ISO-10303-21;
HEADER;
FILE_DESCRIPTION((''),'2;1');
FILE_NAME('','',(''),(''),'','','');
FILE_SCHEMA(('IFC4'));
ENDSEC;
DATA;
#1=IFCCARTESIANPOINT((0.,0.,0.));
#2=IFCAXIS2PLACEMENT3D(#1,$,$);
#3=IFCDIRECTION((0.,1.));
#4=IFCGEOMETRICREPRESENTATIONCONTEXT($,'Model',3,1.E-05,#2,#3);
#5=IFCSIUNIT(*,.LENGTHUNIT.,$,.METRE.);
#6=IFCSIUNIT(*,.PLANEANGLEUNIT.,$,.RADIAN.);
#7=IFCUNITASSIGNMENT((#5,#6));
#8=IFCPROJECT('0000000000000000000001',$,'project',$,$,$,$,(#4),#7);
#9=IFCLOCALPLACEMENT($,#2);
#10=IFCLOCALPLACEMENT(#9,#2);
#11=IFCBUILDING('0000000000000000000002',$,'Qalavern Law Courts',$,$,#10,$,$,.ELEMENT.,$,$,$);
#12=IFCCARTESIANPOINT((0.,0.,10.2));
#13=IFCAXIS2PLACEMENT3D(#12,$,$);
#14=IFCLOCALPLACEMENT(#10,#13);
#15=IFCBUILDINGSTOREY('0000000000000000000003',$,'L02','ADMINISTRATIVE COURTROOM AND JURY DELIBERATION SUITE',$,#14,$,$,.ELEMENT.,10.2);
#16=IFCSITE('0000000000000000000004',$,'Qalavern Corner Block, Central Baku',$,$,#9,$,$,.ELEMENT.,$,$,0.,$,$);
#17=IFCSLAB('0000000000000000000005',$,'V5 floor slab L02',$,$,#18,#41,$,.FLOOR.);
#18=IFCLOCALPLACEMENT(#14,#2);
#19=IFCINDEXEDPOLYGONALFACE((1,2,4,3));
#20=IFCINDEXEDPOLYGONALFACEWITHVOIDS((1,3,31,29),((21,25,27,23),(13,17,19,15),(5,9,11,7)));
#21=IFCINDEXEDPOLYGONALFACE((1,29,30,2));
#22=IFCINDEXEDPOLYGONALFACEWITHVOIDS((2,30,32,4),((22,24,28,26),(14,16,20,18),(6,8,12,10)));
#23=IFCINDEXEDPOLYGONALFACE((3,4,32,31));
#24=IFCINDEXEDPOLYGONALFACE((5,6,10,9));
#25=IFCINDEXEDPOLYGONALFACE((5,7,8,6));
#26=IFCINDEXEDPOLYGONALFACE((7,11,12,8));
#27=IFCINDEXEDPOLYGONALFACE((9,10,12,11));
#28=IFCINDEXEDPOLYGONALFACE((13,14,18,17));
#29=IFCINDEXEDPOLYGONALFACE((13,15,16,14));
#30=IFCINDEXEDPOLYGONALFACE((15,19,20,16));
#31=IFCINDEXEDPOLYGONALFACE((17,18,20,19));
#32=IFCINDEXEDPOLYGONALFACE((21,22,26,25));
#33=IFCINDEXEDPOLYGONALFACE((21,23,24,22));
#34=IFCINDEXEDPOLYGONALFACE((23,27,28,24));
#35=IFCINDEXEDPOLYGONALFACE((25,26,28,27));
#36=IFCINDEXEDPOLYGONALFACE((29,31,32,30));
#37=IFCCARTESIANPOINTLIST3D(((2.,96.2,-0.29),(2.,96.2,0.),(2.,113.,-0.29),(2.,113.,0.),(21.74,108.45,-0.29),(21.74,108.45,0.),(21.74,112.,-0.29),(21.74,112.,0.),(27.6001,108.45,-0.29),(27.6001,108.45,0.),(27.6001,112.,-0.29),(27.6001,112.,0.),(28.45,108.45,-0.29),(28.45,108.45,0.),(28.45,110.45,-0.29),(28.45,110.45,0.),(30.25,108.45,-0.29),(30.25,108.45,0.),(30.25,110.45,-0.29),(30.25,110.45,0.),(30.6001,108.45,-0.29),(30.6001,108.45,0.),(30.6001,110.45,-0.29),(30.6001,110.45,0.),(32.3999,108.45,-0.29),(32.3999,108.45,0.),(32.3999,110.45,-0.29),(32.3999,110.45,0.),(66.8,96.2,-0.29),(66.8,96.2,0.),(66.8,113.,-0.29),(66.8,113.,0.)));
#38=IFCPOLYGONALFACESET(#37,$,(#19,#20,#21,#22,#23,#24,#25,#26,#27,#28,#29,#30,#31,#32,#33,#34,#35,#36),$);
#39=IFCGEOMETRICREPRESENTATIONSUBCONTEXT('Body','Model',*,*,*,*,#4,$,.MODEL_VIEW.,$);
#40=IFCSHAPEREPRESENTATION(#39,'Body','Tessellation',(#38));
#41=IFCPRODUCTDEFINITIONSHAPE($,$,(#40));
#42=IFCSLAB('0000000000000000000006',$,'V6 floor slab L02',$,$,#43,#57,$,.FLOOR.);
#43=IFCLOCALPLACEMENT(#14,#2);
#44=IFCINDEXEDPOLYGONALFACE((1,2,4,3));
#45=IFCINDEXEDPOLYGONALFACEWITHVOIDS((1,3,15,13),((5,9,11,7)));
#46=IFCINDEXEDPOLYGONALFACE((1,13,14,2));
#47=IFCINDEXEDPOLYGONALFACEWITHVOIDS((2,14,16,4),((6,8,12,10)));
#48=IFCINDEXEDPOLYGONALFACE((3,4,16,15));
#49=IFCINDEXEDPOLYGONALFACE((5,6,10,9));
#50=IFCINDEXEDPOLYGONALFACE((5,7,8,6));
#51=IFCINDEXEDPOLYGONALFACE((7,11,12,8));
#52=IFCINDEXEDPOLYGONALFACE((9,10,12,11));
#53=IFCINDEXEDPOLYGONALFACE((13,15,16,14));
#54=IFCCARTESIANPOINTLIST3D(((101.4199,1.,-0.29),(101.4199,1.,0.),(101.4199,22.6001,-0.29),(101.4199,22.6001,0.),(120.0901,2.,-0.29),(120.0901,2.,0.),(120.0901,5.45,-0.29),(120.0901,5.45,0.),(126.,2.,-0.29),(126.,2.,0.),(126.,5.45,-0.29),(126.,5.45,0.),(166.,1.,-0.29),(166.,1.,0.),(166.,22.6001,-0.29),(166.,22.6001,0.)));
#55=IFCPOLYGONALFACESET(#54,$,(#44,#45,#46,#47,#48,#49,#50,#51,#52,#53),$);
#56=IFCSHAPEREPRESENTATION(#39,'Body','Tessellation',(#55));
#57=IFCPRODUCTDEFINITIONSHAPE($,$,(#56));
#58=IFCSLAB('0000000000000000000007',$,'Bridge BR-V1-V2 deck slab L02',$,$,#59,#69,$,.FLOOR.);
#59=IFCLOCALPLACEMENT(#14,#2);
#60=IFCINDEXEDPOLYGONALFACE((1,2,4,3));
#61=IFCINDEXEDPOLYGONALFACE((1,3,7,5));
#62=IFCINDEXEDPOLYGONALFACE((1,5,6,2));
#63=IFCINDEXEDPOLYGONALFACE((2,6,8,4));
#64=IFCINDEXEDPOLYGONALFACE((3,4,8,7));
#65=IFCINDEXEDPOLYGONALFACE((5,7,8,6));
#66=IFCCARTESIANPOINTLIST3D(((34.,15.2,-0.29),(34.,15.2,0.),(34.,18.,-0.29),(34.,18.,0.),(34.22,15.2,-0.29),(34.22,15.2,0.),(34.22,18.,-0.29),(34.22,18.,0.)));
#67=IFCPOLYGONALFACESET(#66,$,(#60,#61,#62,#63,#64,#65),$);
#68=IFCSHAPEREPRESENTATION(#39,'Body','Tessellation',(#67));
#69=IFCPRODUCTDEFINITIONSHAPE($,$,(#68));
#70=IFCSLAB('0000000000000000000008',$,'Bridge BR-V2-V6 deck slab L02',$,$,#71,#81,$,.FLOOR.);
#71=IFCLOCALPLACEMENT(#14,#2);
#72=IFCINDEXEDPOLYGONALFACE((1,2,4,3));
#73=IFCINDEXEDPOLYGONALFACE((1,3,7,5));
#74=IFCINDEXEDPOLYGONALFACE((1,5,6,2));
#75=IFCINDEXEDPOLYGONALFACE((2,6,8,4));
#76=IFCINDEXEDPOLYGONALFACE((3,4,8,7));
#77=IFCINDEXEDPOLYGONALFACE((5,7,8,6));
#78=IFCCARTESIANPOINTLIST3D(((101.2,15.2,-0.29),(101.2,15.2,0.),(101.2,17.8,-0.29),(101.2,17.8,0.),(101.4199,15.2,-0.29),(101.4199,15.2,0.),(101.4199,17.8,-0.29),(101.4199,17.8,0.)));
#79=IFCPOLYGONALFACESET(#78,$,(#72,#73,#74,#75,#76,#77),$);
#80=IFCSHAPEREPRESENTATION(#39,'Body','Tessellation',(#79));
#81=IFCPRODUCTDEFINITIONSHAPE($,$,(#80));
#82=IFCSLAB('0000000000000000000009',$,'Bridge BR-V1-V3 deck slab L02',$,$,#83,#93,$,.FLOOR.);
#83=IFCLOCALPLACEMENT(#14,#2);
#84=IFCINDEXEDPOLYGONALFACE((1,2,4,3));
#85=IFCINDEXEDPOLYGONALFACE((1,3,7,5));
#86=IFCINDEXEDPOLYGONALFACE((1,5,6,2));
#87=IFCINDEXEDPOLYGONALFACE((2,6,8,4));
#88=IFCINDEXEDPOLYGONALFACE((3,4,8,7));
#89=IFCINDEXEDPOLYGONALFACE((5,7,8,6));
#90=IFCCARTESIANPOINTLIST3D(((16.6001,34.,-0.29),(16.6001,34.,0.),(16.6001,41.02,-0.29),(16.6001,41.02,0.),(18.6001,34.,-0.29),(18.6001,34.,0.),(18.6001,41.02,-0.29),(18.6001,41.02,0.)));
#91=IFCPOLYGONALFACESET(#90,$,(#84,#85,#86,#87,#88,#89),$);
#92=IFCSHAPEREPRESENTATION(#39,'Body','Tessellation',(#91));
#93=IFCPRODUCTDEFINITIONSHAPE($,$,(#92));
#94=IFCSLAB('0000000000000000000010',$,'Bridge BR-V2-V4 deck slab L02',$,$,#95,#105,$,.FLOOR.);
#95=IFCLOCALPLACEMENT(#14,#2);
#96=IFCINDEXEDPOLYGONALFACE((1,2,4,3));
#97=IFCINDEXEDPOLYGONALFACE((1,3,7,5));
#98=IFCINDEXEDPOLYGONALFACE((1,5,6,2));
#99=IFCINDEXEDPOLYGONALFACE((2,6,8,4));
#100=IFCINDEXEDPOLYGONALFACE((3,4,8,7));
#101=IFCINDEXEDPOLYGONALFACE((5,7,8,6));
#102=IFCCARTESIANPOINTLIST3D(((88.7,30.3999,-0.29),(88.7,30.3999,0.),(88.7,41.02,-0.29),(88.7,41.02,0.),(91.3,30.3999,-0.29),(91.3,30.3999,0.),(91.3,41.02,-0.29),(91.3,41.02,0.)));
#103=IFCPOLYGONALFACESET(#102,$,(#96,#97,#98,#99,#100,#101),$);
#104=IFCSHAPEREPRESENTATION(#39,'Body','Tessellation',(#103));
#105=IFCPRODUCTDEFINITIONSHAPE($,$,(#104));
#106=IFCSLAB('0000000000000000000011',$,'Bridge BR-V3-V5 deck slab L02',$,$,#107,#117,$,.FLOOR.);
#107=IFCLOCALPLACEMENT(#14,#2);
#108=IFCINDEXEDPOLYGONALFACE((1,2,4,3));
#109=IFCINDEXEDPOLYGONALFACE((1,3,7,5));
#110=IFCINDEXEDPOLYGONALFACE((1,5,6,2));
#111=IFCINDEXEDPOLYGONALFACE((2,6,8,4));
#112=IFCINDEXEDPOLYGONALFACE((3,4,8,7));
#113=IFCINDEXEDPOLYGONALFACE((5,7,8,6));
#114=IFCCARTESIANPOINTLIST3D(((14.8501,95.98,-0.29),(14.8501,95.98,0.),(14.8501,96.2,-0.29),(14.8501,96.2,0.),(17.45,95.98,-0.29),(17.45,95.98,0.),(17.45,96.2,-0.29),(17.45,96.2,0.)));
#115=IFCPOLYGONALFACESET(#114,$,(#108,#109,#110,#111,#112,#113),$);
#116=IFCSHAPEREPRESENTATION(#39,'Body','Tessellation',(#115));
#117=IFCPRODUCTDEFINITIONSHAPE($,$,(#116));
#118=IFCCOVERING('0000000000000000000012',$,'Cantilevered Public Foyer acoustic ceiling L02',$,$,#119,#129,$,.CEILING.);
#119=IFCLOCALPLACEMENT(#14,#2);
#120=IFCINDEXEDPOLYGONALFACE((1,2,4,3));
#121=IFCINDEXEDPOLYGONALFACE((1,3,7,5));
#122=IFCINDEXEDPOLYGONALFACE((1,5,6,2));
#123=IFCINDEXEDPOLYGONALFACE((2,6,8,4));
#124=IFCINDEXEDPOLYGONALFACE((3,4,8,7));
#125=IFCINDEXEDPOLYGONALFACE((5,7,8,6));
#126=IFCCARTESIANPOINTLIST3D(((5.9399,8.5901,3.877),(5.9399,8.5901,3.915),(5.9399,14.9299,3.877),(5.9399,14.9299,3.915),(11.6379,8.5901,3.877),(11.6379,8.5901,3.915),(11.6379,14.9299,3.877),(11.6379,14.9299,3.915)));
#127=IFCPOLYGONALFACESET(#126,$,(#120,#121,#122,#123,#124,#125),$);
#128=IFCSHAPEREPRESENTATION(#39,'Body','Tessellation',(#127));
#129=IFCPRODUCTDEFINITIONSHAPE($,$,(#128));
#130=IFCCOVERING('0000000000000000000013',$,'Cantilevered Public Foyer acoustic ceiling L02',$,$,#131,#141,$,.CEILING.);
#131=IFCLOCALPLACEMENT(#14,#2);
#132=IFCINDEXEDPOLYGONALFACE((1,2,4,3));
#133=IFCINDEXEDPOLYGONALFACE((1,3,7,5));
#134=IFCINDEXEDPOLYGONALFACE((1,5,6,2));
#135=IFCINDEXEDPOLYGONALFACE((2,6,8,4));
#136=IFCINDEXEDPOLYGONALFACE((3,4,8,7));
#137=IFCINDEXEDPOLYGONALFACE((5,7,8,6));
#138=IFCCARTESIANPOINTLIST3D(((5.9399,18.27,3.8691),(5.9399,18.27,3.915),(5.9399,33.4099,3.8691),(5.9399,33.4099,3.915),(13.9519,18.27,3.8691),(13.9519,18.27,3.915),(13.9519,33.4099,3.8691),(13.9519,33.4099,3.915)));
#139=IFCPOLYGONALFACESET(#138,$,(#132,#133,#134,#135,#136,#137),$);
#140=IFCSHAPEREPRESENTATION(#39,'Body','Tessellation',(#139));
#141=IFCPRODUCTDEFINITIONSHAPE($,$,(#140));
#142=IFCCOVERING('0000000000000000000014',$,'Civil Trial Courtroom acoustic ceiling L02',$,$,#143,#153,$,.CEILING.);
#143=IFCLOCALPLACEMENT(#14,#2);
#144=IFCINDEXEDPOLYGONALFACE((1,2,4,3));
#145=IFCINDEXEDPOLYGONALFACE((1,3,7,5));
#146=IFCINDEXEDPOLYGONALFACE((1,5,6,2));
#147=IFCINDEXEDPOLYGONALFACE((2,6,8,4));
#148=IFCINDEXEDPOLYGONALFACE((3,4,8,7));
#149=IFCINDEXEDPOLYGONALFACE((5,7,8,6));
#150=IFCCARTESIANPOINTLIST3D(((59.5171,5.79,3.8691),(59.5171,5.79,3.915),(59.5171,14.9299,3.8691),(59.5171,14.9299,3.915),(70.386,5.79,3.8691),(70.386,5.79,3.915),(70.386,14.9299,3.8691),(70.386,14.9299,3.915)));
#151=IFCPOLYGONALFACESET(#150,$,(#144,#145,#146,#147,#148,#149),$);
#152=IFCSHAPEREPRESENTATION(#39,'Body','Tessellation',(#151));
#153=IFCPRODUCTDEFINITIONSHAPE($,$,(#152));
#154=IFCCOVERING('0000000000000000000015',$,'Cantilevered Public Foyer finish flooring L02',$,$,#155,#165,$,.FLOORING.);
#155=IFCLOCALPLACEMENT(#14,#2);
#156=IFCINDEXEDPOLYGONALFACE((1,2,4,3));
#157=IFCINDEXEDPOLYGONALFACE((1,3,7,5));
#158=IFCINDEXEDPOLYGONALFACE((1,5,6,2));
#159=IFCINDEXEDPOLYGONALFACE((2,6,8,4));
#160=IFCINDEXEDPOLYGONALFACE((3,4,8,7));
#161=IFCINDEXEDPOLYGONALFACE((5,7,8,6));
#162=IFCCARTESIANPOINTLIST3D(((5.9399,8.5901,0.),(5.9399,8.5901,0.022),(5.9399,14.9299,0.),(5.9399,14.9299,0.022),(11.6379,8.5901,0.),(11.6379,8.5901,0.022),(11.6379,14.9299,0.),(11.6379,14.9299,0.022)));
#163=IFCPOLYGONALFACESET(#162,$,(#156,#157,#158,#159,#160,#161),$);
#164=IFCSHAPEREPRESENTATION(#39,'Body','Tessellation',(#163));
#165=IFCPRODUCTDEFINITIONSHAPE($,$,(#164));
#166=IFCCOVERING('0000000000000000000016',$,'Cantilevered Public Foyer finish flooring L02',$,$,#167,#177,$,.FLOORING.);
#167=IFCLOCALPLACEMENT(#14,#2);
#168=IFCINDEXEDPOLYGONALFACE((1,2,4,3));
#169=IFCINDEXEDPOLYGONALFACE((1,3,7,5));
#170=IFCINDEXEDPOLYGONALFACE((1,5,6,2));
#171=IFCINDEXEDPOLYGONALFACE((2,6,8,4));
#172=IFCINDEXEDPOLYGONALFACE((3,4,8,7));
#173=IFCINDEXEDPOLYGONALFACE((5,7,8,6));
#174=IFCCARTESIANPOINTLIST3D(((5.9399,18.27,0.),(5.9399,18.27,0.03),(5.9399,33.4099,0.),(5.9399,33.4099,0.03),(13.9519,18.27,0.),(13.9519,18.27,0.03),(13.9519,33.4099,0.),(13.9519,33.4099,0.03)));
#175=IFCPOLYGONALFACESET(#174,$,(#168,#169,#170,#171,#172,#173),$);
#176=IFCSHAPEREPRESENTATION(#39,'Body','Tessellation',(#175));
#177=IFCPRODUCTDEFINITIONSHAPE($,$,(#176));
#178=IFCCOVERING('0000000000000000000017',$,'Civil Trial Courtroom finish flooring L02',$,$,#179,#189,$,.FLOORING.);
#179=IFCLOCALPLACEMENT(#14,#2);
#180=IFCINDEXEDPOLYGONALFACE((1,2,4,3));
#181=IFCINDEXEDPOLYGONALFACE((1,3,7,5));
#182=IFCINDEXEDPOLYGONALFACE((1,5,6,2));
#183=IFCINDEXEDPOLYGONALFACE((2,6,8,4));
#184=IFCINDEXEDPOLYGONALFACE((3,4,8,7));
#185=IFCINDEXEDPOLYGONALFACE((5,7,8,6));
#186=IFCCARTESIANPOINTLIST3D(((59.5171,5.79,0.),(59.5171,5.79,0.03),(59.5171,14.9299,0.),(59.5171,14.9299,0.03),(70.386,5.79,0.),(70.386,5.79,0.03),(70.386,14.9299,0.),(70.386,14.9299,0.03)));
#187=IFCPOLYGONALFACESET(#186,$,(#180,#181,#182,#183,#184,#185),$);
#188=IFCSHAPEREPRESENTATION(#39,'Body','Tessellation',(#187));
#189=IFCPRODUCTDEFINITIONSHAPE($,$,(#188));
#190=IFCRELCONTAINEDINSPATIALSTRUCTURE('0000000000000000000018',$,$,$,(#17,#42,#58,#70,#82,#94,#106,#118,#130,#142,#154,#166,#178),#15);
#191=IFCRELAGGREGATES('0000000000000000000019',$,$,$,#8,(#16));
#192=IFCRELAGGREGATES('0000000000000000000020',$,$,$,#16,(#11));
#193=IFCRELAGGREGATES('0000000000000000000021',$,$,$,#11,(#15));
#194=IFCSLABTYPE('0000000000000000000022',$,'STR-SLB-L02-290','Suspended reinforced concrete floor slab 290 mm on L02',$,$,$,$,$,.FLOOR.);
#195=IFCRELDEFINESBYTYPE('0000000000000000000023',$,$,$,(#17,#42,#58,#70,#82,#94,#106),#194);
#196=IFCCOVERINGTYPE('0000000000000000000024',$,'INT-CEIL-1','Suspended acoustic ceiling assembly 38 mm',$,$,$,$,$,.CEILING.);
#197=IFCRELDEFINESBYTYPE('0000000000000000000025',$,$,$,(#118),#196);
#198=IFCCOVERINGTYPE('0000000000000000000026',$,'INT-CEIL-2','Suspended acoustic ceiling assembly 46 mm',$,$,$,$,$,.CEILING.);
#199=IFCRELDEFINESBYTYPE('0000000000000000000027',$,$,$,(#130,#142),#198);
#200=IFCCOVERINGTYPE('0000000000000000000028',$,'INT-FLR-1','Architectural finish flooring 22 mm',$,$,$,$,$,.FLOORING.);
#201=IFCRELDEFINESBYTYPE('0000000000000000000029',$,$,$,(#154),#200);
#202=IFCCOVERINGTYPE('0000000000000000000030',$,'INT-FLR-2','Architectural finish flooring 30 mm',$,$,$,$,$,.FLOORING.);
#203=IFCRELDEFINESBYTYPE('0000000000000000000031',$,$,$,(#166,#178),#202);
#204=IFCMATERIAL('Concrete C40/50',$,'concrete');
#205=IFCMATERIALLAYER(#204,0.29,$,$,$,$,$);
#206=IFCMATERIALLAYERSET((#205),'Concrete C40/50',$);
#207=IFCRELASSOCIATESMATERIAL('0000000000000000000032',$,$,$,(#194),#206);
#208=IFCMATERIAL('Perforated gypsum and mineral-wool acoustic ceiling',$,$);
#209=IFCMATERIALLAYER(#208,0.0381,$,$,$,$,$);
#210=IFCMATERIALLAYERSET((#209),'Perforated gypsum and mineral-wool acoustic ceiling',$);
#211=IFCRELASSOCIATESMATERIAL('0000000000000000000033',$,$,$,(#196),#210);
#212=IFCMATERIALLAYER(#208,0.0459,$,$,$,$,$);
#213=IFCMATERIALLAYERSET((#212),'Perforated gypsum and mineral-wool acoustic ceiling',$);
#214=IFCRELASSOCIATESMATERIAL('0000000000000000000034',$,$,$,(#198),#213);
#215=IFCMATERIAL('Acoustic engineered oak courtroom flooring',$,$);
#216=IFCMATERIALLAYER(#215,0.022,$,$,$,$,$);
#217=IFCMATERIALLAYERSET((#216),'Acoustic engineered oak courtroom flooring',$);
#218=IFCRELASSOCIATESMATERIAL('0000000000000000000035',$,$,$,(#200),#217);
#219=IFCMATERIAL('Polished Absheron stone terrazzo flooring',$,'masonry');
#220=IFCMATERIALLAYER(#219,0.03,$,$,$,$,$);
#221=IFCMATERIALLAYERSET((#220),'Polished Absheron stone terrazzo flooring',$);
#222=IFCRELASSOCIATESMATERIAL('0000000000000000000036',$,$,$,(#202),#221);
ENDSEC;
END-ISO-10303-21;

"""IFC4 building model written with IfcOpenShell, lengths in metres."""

from ifc_helpers import new_model, si_unit, direction, frame, origin, place, context, subcontext, project, spatial, polyline, outline, extrude, material, layer, layer_set, type_object, element, save


model = new_model("IFC4")

# Units and contexts
model_context = context("Model", 3, precision=1e-05, world=origin(), true_north=direction((0.0, 1.0)))
body_context = subcontext(model_context, "Body", "Model", "MODEL_VIEW")
ifc_project = project(units=[si_unit("LENGTHUNIT", "METRE"), si_unit("PLANEANGLEUNIT", "RADIAN")], contexts=[model_context])

# Site, building, storey
site_placement = place(None, origin())
site = spatial("IfcSite", under=ifc_project, at=site_placement, Name="Qalavern Corner Block, Central Baku", CompositionType="ELEMENT", RefElevation=0.0)
building_placement = place(site_placement, origin())
building = spatial("IfcBuilding", under=site, at=building_placement, Name="Qalavern Law Courts", CompositionType="ELEMENT")
storey_placement = place(building_placement, frame((0.0, 0.0, 10.2)))
storey = spatial("IfcBuildingStorey", under=building, at=storey_placement, Name="L02", Description="ADMINISTRATIVE COURTROOM AND JURY DELIBERATION SUITE", CompositionType="ELEMENT", Elevation=10.2)

# Slabs
ifc_material_1 = material(Name="Concrete C40/50", Category="concrete")
ifc_layer_1 = layer(ifc_material_1, 0.29)
ifc_layer_set_1 = layer_set([ifc_layer_1], Name="Concrete C40/50")
slab_type_1 = type_object("IfcSlabType", Name="STR-SLB-L02-290", Description="Suspended reinforced concrete floor slab 290 mm on L02", PredefinedType="FLOOR", material=ifc_layer_set_1)
slab_1_placement = place(storey_placement, frame((0.0, 0.0, -0.29)))
element("IfcSlab", 1, at=slab_1_placement, inside=storey, type_object=slab_type_1, Name="V5 floor slab L02", PredefinedType="FLOOR", context=body_context, shape_type="SweptSolid", body=[
    extrude(outline(polyline([(2.0, 96.2), (66.8, 96.2), (66.8, 113.0), (2.0, 113.0), (2.0, 96.2)]), holes=[polyline([(21.74, 108.45), (27.6001, 108.45), (27.6001, 112.0), (21.74, 112.0), (21.74, 108.45)]), polyline([(28.45, 108.45), (30.25, 108.45), (30.25, 110.45), (28.45, 110.45), (28.45, 108.45)]), polyline([(30.6001, 108.45), (32.3999, 108.45), (32.3999, 110.45), (30.6001, 110.45), (30.6001, 108.45)])]), origin(), (0.0, 0.0, 1.0), 0.29),
])
slab_2_placement = place(storey_placement, frame((0.0, 0.0, -0.29)))
element("IfcSlab", 2, at=slab_2_placement, inside=storey, type_object=slab_type_1, Name="V6 floor slab L02", PredefinedType="FLOOR", context=body_context, shape_type="SweptSolid", body=[
    extrude(outline(polyline([(101.4199, 1.0), (166.0, 1.0), (166.0, 22.6001), (101.4199, 22.6001), (101.4199, 1.0)]), holes=[polyline([(120.0901, 2.0), (126.0, 2.0), (126.0, 5.45), (120.0901, 5.45), (120.0901, 2.0)])]), origin(), (0.0, 0.0, 1.0), 0.29),
])
slab_3_placement = place(storey_placement, frame((0.0, 0.0, -0.29)))
element("IfcSlab", 3, at=slab_3_placement, inside=storey, type_object=slab_type_1, Name="Bridge BR-V1-V2 deck slab L02", PredefinedType="FLOOR", context=body_context, shape_type="SweptSolid", body=[
    extrude(outline(polyline([(34.0, 15.2), (34.22, 15.2), (34.22, 18.0), (34.0, 18.0), (34.0, 15.2)])), origin(), (0.0, 0.0, 1.0), 0.29),
])
slab_4_placement = place(storey_placement, frame((0.0, 0.0, -0.29)))
element("IfcSlab", 4, at=slab_4_placement, inside=storey, type_object=slab_type_1, Name="Bridge BR-V2-V6 deck slab L02", PredefinedType="FLOOR", context=body_context, shape_type="SweptSolid", body=[
    extrude(outline(polyline([(101.2, 15.2), (101.4199, 15.2), (101.4199, 17.8), (101.2, 17.8), (101.2, 15.2)])), origin(), (0.0, 0.0, 1.0), 0.29),
])
slab_5_placement = place(storey_placement, frame((0.0, 0.0, -0.29)))
element("IfcSlab", 5, at=slab_5_placement, inside=storey, type_object=slab_type_1, Name="Bridge BR-V1-V3 deck slab L02", PredefinedType="FLOOR", context=body_context, shape_type="SweptSolid", body=[
    extrude(outline(polyline([(16.6001, 34.0), (18.6001, 34.0), (18.6001, 41.02), (16.6001, 41.02), (16.6001, 34.0)])), origin(), (0.0, 0.0, 1.0), 0.29),
])
slab_6_placement = place(storey_placement, frame((0.0, 0.0, -0.29)))
element("IfcSlab", 6, at=slab_6_placement, inside=storey, type_object=slab_type_1, Name="Bridge BR-V2-V4 deck slab L02", PredefinedType="FLOOR", context=body_context, shape_type="SweptSolid", body=[
    extrude(outline(polyline([(88.7, 30.3999), (91.3, 30.3999), (91.3, 41.02), (88.7, 41.02), (88.7, 30.3999)])), origin(), (0.0, 0.0, 1.0), 0.29),
])
slab_7_placement = place(storey_placement, frame((0.0, 0.0, -0.29)))
element("IfcSlab", 7, at=slab_7_placement, inside=storey, type_object=slab_type_1, Name="Bridge BR-V3-V5 deck slab L02", PredefinedType="FLOOR", context=body_context, shape_type="SweptSolid", body=[
    extrude(outline(polyline([(14.8501, 95.98), (17.45, 95.98), (17.45, 96.2), (14.8501, 96.2), (14.8501, 95.98)])), origin(), (0.0, 0.0, 1.0), 0.29),
])

# Coverings
ifc_material_2 = material(Name="Perforated gypsum and mineral-wool acoustic ceiling")
ifc_layer_2 = layer(ifc_material_2, 0.0381)
ifc_layer_set_2 = layer_set([ifc_layer_2], Name="Perforated gypsum and mineral-wool acoustic ceiling")
covering_type_1 = type_object("IfcCoveringType", Name="INT-CEIL-1", Description="Suspended acoustic ceiling assembly 38 mm", PredefinedType="CEILING", material=ifc_layer_set_2)
covering_1_placement = place(storey_placement, frame((0.0, 0.0, 3.877)))
element("IfcCovering", 8, at=covering_1_placement, inside=storey, type_object=covering_type_1, Name="Cantilevered Public Foyer acoustic ceiling L02", PredefinedType="CEILING", context=body_context, shape_type="SweptSolid", body=[
    extrude(outline(polyline([(5.9399, 8.5901), (11.6379, 8.5901), (11.6379, 14.9299), (5.9399, 14.9299), (5.9399, 8.5901)])), origin(), (0.0, 0.0, 1.0), 0.0381),
])
ifc_layer_3 = layer(ifc_material_2, 0.0459)
ifc_layer_set_3 = layer_set([ifc_layer_3], Name="Perforated gypsum and mineral-wool acoustic ceiling")
covering_type_2 = type_object("IfcCoveringType", Name="INT-CEIL-2", Description="Suspended acoustic ceiling assembly 46 mm", PredefinedType="CEILING", material=ifc_layer_set_3)
covering_2_placement = place(storey_placement, frame((0.0, 0.0, 3.8691)))
element("IfcCovering", 9, at=covering_2_placement, inside=storey, type_object=covering_type_2, Name="Cantilevered Public Foyer acoustic ceiling L02", PredefinedType="CEILING", context=body_context, shape_type="SweptSolid", body=[
    extrude(outline(polyline([(5.9399, 18.27), (13.9519, 18.27), (13.9519, 33.4099), (5.9399, 33.4099), (5.9399, 18.27)])), origin(), (0.0, 0.0, 1.0), 0.0459),
])
covering_3_placement = place(storey_placement, frame((0.0, 0.0, 3.8691)))
element("IfcCovering", 10, at=covering_3_placement, inside=storey, type_object=covering_type_2, Name="Civil Trial Courtroom acoustic ceiling L02", PredefinedType="CEILING", context=body_context, shape_type="SweptSolid", body=[
    extrude(outline(polyline([(59.5171, 5.79), (70.386, 5.79), (70.386, 14.9299), (59.5171, 14.9299), (59.5171, 5.79)])), origin(), (0.0, 0.0, 1.0), 0.0459),
])
ifc_material_3 = material(Name="Acoustic engineered oak courtroom flooring")
ifc_layer_4 = layer(ifc_material_3, 0.022)
ifc_layer_set_4 = layer_set([ifc_layer_4], Name="Acoustic engineered oak courtroom flooring")
covering_type_3 = type_object("IfcCoveringType", Name="INT-FLR-1", Description="Architectural finish flooring 22 mm", PredefinedType="FLOORING", material=ifc_layer_set_4)
covering_4_placement = place(storey_placement, origin())
element("IfcCovering", 11, at=covering_4_placement, inside=storey, type_object=covering_type_3, Name="Cantilevered Public Foyer finish flooring L02", PredefinedType="FLOORING", context=body_context, shape_type="SweptSolid", body=[
    extrude(outline(polyline([(5.9399, 8.5901), (11.6379, 8.5901), (11.6379, 14.9299), (5.9399, 14.9299), (5.9399, 8.5901)])), origin(), (0.0, 0.0, 1.0), 0.022),
])
ifc_material_4 = material(Name="Polished Absheron stone terrazzo flooring", Category="masonry")
ifc_layer_5 = layer(ifc_material_4, 0.03)
ifc_layer_set_5 = layer_set([ifc_layer_5], Name="Polished Absheron stone terrazzo flooring")
covering_type_4 = type_object("IfcCoveringType", Name="INT-FLR-2", Description="Architectural finish flooring 30 mm", PredefinedType="FLOORING", material=ifc_layer_set_5)
covering_5_placement = place(storey_placement, origin())
element("IfcCovering", 12, at=covering_5_placement, inside=storey, type_object=covering_type_4, Name="Cantilevered Public Foyer finish flooring L02", PredefinedType="FLOORING", context=body_context, shape_type="SweptSolid", body=[
    extrude(outline(polyline([(5.9399, 18.27), (13.9519, 18.27), (13.9519, 33.4099), (5.9399, 33.4099), (5.9399, 18.27)])), origin(), (0.0, 0.0, 1.0), 0.03),
])
covering_6_placement = place(storey_placement, origin())
element("IfcCovering", 13, at=covering_6_placement, inside=storey, type_object=covering_type_4, Name="Civil Trial Courtroom finish flooring L02", PredefinedType="FLOORING", context=body_context, shape_type="SweptSolid", body=[
    extrude(outline(polyline([(59.5171, 5.79), (70.386, 5.79), (70.386, 14.9299), (59.5171, 14.9299), (59.5171, 5.79)])), origin(), (0.0, 0.0, 1.0), 0.03),
])

save(model, "model.ifc")
